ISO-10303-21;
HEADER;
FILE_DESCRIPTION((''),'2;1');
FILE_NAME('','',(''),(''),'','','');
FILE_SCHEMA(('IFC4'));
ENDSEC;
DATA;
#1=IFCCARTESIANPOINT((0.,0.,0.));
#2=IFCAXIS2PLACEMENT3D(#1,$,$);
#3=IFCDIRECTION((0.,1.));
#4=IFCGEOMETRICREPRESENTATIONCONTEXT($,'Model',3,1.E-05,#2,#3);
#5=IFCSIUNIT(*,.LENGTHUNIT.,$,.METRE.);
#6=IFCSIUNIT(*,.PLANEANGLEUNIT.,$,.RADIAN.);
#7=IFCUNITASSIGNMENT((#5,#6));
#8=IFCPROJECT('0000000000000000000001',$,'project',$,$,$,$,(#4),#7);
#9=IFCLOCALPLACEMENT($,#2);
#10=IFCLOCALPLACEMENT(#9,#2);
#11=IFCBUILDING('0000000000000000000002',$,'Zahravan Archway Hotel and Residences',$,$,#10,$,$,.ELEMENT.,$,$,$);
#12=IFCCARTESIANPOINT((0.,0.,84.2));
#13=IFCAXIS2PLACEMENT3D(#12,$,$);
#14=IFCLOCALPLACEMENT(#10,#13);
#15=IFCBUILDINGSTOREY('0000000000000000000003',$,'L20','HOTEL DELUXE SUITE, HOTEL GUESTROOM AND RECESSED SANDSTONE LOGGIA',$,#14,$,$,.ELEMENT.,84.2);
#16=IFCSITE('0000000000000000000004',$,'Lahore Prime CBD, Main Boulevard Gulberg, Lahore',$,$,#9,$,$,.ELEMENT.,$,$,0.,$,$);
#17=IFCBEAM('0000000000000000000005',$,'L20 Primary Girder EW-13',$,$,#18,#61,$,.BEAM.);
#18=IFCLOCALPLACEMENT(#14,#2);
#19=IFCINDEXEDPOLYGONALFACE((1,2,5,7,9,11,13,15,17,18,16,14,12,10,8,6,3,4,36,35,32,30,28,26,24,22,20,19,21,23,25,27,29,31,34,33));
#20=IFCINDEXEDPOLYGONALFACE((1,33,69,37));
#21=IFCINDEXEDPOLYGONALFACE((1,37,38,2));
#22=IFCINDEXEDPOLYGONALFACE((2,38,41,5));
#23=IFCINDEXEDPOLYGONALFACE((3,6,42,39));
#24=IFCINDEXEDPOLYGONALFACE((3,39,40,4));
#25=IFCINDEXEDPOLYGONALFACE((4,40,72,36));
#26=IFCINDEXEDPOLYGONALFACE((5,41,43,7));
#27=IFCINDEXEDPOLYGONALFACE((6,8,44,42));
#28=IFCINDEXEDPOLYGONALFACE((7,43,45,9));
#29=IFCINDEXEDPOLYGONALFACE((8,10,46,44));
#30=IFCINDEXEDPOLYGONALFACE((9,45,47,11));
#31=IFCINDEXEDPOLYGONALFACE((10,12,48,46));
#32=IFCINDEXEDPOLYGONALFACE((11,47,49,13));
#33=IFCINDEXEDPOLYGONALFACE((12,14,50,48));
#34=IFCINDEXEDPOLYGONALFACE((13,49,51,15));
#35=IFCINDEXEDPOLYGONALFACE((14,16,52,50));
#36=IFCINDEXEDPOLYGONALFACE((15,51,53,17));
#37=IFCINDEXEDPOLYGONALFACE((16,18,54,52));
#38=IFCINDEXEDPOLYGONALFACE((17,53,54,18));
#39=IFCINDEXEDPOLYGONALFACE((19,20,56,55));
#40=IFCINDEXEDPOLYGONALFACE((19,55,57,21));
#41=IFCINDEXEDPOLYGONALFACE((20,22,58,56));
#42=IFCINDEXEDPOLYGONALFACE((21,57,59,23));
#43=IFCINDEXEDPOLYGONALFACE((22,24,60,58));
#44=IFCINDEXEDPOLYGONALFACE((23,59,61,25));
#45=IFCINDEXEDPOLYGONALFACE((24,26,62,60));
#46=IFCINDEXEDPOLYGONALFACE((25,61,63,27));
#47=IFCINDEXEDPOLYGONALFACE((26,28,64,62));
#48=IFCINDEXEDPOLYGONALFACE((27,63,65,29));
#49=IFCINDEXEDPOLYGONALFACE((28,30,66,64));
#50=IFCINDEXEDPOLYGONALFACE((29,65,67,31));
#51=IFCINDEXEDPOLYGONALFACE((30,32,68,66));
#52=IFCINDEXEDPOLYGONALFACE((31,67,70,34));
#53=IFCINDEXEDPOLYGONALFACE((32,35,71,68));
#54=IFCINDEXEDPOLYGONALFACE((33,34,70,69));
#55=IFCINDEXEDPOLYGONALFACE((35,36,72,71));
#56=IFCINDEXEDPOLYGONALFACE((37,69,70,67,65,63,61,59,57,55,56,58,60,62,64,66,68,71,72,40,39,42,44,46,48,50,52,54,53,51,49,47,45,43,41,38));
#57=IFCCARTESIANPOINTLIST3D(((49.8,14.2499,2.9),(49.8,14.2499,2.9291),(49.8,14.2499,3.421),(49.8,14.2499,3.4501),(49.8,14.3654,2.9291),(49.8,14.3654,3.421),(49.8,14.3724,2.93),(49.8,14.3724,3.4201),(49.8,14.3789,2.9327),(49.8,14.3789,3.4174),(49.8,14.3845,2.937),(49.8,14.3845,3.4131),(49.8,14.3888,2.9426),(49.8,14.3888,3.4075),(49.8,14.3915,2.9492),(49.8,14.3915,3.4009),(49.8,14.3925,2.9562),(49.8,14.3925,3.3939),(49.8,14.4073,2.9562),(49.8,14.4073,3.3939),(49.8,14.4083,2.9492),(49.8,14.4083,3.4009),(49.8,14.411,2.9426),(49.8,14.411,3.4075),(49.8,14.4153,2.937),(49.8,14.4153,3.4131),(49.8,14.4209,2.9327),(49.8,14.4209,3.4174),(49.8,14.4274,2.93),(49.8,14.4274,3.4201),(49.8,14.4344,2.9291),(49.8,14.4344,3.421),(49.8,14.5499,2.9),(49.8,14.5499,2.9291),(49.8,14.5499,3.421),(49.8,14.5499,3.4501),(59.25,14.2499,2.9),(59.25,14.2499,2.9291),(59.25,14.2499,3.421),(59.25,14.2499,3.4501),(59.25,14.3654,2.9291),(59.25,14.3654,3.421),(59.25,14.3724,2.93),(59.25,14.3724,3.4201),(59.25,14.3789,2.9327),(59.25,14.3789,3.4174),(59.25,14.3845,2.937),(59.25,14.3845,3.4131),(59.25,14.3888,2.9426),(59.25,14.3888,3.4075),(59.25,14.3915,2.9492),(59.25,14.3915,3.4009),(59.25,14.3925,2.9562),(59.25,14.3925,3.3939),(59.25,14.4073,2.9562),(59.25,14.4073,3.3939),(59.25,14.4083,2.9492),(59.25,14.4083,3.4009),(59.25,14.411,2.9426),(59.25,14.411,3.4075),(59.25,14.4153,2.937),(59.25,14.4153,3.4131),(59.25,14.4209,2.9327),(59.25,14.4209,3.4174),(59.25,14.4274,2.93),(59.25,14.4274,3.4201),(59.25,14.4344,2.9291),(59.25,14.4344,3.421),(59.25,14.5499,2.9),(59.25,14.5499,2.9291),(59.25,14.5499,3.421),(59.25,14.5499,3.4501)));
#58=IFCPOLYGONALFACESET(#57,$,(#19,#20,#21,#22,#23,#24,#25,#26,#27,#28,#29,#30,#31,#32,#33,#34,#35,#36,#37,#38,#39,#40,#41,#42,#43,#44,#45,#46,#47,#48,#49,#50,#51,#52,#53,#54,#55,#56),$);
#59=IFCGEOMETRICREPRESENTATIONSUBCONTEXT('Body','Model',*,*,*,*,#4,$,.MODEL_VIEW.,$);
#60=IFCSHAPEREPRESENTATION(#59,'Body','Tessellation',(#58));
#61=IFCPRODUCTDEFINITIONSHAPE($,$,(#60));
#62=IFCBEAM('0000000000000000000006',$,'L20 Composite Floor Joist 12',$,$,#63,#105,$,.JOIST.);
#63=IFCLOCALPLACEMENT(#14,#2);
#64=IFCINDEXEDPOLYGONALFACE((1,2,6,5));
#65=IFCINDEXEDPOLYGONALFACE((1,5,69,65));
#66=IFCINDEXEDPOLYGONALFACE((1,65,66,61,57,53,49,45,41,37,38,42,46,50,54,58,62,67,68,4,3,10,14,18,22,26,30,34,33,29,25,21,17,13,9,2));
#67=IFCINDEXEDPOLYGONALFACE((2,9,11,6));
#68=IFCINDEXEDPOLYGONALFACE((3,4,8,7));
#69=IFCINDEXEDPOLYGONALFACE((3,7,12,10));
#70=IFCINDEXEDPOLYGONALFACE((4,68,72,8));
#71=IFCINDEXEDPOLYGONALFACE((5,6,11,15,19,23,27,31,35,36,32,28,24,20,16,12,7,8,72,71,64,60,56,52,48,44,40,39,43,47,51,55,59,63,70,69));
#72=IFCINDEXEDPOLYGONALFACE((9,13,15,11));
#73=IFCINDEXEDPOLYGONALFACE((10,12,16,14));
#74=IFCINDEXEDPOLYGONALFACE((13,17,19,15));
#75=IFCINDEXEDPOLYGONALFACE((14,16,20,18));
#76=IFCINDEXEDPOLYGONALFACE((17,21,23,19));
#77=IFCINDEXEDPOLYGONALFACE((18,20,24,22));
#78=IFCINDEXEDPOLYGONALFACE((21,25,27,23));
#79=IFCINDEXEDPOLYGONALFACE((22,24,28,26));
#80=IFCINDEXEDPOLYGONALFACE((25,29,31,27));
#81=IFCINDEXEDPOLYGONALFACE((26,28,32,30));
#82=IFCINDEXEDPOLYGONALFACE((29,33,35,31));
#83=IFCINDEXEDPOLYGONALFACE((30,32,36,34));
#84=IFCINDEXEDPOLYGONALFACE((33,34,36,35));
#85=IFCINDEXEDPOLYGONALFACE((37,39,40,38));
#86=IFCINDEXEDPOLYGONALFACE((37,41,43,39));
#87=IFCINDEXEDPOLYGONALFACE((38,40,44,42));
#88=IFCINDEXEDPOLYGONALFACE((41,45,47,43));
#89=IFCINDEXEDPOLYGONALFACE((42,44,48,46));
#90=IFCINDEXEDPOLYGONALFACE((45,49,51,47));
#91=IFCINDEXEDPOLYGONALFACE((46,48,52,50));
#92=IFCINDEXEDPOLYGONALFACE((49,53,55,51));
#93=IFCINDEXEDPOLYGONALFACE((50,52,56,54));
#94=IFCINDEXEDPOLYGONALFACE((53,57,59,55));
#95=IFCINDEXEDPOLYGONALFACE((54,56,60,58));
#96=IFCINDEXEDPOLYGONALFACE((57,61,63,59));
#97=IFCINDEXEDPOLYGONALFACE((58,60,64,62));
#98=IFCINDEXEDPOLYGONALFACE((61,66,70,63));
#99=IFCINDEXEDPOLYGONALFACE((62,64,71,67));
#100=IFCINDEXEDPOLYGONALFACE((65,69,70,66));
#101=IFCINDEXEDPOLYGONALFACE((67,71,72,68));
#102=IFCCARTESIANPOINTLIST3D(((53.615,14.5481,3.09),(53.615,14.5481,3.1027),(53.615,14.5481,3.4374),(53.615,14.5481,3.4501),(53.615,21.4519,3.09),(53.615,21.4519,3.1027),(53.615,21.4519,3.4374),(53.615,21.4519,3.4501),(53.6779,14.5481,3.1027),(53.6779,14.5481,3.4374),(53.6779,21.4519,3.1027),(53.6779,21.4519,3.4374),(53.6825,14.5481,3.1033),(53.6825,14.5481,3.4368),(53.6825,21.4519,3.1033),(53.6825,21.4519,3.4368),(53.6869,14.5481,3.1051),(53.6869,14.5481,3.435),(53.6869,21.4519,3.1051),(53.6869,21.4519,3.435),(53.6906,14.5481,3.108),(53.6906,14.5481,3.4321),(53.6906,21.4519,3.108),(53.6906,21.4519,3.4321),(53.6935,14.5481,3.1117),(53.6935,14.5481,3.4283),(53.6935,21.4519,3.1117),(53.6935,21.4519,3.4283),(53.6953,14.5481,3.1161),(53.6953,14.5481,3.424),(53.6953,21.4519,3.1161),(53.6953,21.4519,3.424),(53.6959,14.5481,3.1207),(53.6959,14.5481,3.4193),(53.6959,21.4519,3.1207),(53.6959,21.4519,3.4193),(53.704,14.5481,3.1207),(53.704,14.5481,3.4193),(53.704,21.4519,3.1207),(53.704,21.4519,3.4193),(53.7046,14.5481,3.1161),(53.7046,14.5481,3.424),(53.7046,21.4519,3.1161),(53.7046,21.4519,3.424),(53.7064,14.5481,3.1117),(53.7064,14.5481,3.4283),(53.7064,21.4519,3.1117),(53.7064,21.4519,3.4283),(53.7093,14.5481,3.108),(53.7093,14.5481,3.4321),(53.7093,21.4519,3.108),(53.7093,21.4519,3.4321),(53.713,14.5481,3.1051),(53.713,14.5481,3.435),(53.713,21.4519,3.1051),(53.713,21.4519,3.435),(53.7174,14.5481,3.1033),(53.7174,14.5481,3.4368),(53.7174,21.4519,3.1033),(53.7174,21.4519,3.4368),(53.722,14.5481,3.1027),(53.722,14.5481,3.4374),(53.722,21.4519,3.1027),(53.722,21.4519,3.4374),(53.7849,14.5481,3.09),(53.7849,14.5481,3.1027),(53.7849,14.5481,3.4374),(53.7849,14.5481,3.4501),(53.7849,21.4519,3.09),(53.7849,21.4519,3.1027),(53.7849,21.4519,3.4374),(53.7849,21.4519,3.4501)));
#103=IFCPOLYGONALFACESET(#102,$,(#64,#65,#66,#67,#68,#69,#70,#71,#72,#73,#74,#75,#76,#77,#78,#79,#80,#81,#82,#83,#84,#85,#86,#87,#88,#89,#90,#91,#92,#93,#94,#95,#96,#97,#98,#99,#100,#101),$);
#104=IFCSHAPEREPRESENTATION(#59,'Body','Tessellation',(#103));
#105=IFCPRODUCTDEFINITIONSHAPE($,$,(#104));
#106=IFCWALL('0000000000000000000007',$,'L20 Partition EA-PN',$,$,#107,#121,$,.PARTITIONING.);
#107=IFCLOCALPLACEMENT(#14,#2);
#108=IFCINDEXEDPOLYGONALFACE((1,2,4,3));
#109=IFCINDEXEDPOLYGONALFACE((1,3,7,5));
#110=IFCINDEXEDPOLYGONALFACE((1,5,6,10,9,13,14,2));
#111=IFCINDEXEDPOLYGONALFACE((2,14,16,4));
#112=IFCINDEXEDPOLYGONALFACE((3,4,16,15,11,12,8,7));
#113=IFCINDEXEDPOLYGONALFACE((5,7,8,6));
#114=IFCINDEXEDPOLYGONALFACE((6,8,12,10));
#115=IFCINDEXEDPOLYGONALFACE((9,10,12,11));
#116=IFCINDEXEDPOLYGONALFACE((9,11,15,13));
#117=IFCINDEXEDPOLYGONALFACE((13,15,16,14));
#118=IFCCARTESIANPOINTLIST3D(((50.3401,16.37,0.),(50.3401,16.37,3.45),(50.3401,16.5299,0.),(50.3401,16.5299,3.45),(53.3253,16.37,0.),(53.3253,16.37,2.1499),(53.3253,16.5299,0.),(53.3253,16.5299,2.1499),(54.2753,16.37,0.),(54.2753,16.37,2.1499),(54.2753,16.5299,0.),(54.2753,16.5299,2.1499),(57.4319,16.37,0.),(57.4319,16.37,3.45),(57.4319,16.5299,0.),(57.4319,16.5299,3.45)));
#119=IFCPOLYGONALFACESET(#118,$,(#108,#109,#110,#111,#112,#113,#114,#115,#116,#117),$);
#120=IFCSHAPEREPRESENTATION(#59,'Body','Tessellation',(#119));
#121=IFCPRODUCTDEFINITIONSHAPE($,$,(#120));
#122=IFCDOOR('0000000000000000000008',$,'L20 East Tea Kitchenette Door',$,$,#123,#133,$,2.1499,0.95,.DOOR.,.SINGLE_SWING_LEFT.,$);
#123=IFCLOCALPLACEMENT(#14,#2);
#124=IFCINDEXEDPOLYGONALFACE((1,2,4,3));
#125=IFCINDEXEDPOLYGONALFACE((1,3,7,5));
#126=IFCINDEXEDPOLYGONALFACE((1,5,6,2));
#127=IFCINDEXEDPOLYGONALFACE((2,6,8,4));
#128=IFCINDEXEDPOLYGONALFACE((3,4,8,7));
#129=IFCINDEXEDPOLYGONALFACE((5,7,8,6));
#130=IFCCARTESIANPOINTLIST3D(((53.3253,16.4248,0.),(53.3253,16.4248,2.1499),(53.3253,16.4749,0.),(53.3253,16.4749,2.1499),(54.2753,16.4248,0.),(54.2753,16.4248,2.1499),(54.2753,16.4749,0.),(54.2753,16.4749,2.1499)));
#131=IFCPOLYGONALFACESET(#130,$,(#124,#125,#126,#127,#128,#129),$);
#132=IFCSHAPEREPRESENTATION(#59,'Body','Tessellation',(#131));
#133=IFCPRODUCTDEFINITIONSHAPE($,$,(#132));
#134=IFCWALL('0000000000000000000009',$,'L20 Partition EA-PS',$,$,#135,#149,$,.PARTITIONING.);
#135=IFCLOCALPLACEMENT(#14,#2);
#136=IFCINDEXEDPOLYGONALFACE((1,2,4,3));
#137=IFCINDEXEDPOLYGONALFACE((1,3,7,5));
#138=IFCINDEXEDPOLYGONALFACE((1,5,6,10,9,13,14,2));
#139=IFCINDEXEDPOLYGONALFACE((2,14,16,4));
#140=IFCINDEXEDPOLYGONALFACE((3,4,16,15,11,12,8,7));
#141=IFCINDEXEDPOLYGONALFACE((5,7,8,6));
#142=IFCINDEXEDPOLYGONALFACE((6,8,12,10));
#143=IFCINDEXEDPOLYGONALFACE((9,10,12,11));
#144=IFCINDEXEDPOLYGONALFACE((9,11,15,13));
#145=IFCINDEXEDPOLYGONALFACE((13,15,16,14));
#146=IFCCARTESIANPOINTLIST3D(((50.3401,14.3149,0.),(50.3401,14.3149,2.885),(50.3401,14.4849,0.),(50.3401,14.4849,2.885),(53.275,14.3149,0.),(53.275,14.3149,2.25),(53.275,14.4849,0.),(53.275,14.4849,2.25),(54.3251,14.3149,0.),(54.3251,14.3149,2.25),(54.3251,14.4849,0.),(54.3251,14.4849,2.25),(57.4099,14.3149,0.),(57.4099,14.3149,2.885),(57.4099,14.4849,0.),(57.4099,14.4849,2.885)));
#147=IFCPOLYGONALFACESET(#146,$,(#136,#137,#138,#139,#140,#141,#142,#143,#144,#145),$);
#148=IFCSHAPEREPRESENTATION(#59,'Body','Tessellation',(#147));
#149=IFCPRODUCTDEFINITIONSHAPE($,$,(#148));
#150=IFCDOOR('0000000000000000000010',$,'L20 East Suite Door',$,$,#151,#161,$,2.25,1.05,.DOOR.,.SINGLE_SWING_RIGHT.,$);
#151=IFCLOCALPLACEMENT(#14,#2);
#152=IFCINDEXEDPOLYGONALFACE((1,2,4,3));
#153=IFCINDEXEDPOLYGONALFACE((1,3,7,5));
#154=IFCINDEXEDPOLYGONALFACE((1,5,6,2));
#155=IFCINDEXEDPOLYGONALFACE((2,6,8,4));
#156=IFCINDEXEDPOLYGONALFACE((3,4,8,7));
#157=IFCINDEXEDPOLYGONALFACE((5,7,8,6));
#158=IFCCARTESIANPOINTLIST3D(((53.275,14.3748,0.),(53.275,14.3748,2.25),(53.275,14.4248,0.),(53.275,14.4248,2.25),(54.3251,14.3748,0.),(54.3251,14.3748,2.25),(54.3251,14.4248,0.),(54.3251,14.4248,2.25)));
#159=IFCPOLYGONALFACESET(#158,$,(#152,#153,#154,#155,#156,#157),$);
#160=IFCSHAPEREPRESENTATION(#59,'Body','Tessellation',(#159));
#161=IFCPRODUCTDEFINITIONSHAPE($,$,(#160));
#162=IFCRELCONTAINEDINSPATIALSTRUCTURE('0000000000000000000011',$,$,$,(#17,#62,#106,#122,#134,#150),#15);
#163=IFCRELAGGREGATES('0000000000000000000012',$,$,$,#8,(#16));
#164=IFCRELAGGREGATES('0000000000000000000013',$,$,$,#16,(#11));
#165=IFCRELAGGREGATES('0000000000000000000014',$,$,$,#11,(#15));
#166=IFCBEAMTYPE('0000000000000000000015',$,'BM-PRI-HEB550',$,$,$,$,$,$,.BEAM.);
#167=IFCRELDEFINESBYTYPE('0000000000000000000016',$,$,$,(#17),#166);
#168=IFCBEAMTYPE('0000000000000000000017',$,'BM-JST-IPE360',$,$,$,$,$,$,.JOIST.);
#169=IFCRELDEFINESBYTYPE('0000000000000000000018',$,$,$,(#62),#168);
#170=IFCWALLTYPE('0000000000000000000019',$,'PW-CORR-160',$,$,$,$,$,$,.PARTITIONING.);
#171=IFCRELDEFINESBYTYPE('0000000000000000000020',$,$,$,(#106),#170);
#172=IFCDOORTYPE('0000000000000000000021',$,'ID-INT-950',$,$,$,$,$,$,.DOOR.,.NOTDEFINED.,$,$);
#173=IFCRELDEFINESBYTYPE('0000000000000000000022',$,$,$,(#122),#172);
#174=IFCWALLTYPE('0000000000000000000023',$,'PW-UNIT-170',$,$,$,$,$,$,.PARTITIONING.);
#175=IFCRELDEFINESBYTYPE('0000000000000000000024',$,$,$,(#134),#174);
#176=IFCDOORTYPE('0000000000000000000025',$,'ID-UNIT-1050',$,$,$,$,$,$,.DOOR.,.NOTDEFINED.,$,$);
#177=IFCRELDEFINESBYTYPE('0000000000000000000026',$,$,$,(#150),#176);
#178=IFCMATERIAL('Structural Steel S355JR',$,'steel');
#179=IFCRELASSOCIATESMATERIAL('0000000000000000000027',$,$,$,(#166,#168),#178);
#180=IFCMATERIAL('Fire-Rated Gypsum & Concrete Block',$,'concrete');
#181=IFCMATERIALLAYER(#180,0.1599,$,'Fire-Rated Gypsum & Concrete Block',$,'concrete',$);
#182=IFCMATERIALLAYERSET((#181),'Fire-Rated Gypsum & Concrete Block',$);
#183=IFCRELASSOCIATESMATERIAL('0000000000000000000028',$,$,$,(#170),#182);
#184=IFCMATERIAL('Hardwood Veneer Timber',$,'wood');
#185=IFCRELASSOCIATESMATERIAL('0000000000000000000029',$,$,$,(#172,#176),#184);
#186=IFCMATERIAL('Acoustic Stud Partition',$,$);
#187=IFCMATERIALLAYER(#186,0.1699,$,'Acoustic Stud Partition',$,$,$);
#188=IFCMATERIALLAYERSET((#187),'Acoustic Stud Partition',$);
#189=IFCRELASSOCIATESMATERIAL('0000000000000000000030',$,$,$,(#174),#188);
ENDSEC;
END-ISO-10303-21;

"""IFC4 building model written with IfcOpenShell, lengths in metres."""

from ifc_helpers import new_model, si_unit, direction, frame, frame_2d, origin, origin_2d, place, context, subcontext, project, spatial, rectangle, i_section, extrude, source, transform, mapped, material, layer, layer_set, material_profile, profile_set, type_object, type_shapes, element, fill, save


model = new_model("IFC4")

# Units and contexts
model_context = context("Model", 3, precision=1e-05, world=origin(), true_north=direction((0.0, 1.0)))
body_context = subcontext(model_context, "Body", "Model", "MODEL_VIEW")
ifc_project = project(units=[si_unit("LENGTHUNIT", "METRE"), si_unit("PLANEANGLEUNIT", "RADIAN")], contexts=[model_context])

# Site, building, storey
site_placement = place(None, origin())
site = spatial("IfcSite", under=ifc_project, at=site_placement, Name="Lahore Prime CBD, Main Boulevard Gulberg, Lahore", CompositionType="ELEMENT", RefElevation=0.0)
building_placement = place(site_placement, origin())
building = spatial("IfcBuilding", under=site, at=building_placement, Name="Zahravan Archway Hotel and Residences", CompositionType="ELEMENT")
storey_placement = place(building_placement, frame((0.0, 0.0, 84.2)))
storey = spatial("IfcBuildingStorey", under=building, at=storey_placement, Name="L20", Description="HOTEL DELUXE SUITE, HOTEL GUESTROOM AND RECESSED SANDSTONE LOGGIA", CompositionType="ELEMENT", Elevation=84.2)

# Beams
ifc_material_1 = material(Name="Structural Steel S355JR", Category="steel")
ifc_material_profile_1 = material_profile(ifc_material_1, i_section(OverallWidth=0.3, OverallDepth=0.55, WebThickness=0.0149, FlangeThickness=0.0291, FilletRadius=0.0271, at=origin_2d()), Name="HEB 550", Category="steel")
ifc_profile_set_1 = profile_set([ifc_material_profile_1], Name="Structural Steel S355JR")
beam_type_1 = type_object("IfcBeamType", Name="BM-PRI-HEB550", PredefinedType="BEAM", material=ifc_profile_set_1)
shared_shape_1 = source(origin(), body_context, "Body", "SweptSolid", [
    extrude(i_section(OverallWidth=0.3, OverallDepth=0.55, WebThickness=0.0149, FlangeThickness=0.0291, FilletRadius=0.0271, at=origin_2d()), origin(), (0.0, 0.0, 1.0), 9.45),
])
beam_1_placement = place(storey_placement, frame((49.8, 14.3999, 3.175), z_axis=(1.0, 0.0, 0.0), x_axis=(0.0, 1.0, 0.0)))
element("IfcBeam", 1, at=beam_1_placement, inside=storey, type_object=beam_type_1, Name="L20 Primary Girder EW-13", PredefinedType="BEAM", context=body_context, shape_type="MappedRepresentation", body=[
    mapped(shared_shape_1, transform((0.0, 0.0, 0.0), scale=1.0)),
])
ifc_material_profile_2 = material_profile(ifc_material_1, i_section(OverallWidth=0.1699, OverallDepth=0.3601, WebThickness=0.0081, FlangeThickness=0.0127, FilletRadius=0.0181, at=origin_2d()), Name="IPE 360", Category="steel")
ifc_profile_set_2 = profile_set([ifc_material_profile_2], Name="Structural Steel S355JR")
beam_type_2 = type_object("IfcBeamType", Name="BM-JST-IPE360", PredefinedType="JOIST", material=ifc_profile_set_2)
shared_shape_2 = source(origin(), body_context, "Body", "SweptSolid", [
    extrude(i_section(OverallWidth=0.1699, OverallDepth=0.3601, WebThickness=0.0081, FlangeThickness=0.0127, FilletRadius=0.0181, at=origin_2d()), origin(), (0.0, 0.0, 1.0), 6.9038),
])
beam_2_placement = place(storey_placement, frame((53.7, 14.5481, 3.27), z_axis=(0.0, 1.0, 0.0), x_axis=(-1.0, 0.0, 0.0)))
element("IfcBeam", 2, at=beam_2_placement, inside=storey, type_object=beam_type_2, Name="L20 Composite Floor Joist 12", PredefinedType="JOIST", context=body_context, shape_type="MappedRepresentation", body=[
    mapped(shared_shape_2, transform((0.0, 0.0, 0.0), scale=1.0)),
])

# Walls, openings, doors
ifc_material_2 = material(Name="Fire-Rated Gypsum & Concrete Block", Category="concrete")
ifc_layer_1 = layer(ifc_material_2, 0.1599, Name="Fire-Rated Gypsum & Concrete Block", Category="concrete")
ifc_layer_set_1 = layer_set([ifc_layer_1], Name="Fire-Rated Gypsum & Concrete Block")
wall_type_1 = type_object("IfcWallType", Name="PW-CORR-160", PredefinedType="PARTITIONING", material=ifc_layer_set_1)
wall_1_placement = place(storey_placement, frame((50.3401, 16.45, 0.0), z_axis=(0.0, 0.0, 1.0), x_axis=(1.0, 0.0, 0.0)))
wall_1 = element("IfcWall", 3, at=wall_1_placement, inside=storey, type_object=wall_type_1, Name="L20 Partition EA-PN", PredefinedType="PARTITIONING", context=body_context, shape_type="SweptSolid", body=[
    extrude(rectangle(XDim=7.0918, YDim=0.1599, at=frame_2d((3.5459, 0.0))), origin(), (0.0, 0.0, 1.0), 3.45),
])
opening_1_placement = place(wall_1_placement, frame((2.9851, 0.0, 0.0)))
opening_1 = element("IfcOpeningElement", 4, at=opening_1_placement, cuts=wall_1, PredefinedType="OPENING", context=body_context, shape_type="SweptSolid", body=[
    extrude(rectangle(XDim=0.95, YDim=2.1499, at=frame_2d((0.4751, 1.075))), frame((0.0, 0.0898, 0.0), z_axis=(0.0, -1.0, 0.0), x_axis=(1.0, 0.0, 0.0)), (0.0, 0.0, 1.0), 0.1799),
])
ifc_material_3 = material(Name="Hardwood Veneer Timber", Category="wood")
door_type_1 = type_object("IfcDoorType", Name="ID-INT-950", OperationType="NOTDEFINED", PredefinedType="DOOR", material=ifc_material_3)
shared_shape_3 = source(origin(), body_context, "Body", "SweptSolid", [
    extrude(rectangle(XDim=0.95, YDim=2.1499, at=frame_2d((0.4751, 1.075))), frame((0.0, 0.0249, 0.0), z_axis=(0.0, -1.0, 0.0), x_axis=(1.0, 0.0, 0.0)), (0.0, 0.0, 1.0), 0.05),
])
type_shapes(door_type_1, [shared_shape_3])
door_1_placement = place(opening_1_placement, origin())
door_1 = element("IfcDoor", 5, at=door_1_placement, inside=storey, type_object=door_type_1, Name="L20 East Tea Kitchenette Door", OperationType="SINGLE_SWING_LEFT", OverallHeight=2.1499, OverallWidth=0.95, PredefinedType="DOOR", context=body_context, shape_type="MappedRepresentation", body=[
    mapped(shared_shape_3, transform((0.0, 0.0, 0.0), scale=1.0)),
])
fill(opening_1, door_1)
ifc_material_4 = material(Name="Acoustic Stud Partition")
ifc_layer_2 = layer(ifc_material_4, 0.1699, Name="Acoustic Stud Partition")
ifc_layer_set_2 = layer_set([ifc_layer_2], Name="Acoustic Stud Partition")
wall_type_2 = type_object("IfcWallType", Name="PW-UNIT-170", PredefinedType="PARTITIONING", material=ifc_layer_set_2)
wall_2_placement = place(storey_placement, frame((50.3401, 14.3999, 0.0), z_axis=(0.0, 0.0, 1.0), x_axis=(1.0, 0.0, 0.0)))
wall_2 = element("IfcWall", 6, at=wall_2_placement, inside=storey, type_object=wall_type_2, Name="L20 Partition EA-PS", PredefinedType="PARTITIONING", context=body_context, shape_type="SweptSolid", body=[
    extrude(rectangle(XDim=7.0698, YDim=0.1699, at=frame_2d((3.5349, 0.0))), origin(), (0.0, 0.0, 1.0), 2.885),
])
opening_2_placement = place(wall_2_placement, frame((2.9351, 0.0, 0.0)))
opening_2 = element("IfcOpeningElement", 7, at=opening_2_placement, cuts=wall_2, PredefinedType="OPENING", context=body_context, shape_type="SweptSolid", body=[
    extrude(rectangle(XDim=1.05, YDim=2.25, at=frame_2d((0.5249, 1.125))), frame((0.0, 0.095, 0.0), z_axis=(0.0, -1.0, 0.0), x_axis=(1.0, 0.0, 0.0)), (0.0, 0.0, 1.0), 0.1899),
])
door_type_2 = type_object("IfcDoorType", Name="ID-UNIT-1050", OperationType="NOTDEFINED", PredefinedType="DOOR", material=ifc_material_3)
shared_shape_4 = source(origin(), body_context, "Body", "SweptSolid", [
    extrude(rectangle(XDim=1.05, YDim=2.25, at=frame_2d((0.5249, 1.125))), frame((0.0, 0.0249, 0.0), z_axis=(0.0, -1.0, 0.0), x_axis=(1.0, 0.0, 0.0)), (0.0, 0.0, 1.0), 0.05),
])
type_shapes(door_type_2, [shared_shape_4])
door_2_placement = place(opening_2_placement, origin())
door_2 = element("IfcDoor", 8, at=door_2_placement, inside=storey, type_object=door_type_2, Name="L20 East Suite Door", OperationType="SINGLE_SWING_RIGHT", OverallHeight=2.25, OverallWidth=1.05, PredefinedType="DOOR", context=body_context, shape_type="MappedRepresentation", body=[
    mapped(shared_shape_4, transform((0.0, 0.0, 0.0), scale=1.0)),
])
fill(opening_2, door_2)

save(model, "model.ifc")
